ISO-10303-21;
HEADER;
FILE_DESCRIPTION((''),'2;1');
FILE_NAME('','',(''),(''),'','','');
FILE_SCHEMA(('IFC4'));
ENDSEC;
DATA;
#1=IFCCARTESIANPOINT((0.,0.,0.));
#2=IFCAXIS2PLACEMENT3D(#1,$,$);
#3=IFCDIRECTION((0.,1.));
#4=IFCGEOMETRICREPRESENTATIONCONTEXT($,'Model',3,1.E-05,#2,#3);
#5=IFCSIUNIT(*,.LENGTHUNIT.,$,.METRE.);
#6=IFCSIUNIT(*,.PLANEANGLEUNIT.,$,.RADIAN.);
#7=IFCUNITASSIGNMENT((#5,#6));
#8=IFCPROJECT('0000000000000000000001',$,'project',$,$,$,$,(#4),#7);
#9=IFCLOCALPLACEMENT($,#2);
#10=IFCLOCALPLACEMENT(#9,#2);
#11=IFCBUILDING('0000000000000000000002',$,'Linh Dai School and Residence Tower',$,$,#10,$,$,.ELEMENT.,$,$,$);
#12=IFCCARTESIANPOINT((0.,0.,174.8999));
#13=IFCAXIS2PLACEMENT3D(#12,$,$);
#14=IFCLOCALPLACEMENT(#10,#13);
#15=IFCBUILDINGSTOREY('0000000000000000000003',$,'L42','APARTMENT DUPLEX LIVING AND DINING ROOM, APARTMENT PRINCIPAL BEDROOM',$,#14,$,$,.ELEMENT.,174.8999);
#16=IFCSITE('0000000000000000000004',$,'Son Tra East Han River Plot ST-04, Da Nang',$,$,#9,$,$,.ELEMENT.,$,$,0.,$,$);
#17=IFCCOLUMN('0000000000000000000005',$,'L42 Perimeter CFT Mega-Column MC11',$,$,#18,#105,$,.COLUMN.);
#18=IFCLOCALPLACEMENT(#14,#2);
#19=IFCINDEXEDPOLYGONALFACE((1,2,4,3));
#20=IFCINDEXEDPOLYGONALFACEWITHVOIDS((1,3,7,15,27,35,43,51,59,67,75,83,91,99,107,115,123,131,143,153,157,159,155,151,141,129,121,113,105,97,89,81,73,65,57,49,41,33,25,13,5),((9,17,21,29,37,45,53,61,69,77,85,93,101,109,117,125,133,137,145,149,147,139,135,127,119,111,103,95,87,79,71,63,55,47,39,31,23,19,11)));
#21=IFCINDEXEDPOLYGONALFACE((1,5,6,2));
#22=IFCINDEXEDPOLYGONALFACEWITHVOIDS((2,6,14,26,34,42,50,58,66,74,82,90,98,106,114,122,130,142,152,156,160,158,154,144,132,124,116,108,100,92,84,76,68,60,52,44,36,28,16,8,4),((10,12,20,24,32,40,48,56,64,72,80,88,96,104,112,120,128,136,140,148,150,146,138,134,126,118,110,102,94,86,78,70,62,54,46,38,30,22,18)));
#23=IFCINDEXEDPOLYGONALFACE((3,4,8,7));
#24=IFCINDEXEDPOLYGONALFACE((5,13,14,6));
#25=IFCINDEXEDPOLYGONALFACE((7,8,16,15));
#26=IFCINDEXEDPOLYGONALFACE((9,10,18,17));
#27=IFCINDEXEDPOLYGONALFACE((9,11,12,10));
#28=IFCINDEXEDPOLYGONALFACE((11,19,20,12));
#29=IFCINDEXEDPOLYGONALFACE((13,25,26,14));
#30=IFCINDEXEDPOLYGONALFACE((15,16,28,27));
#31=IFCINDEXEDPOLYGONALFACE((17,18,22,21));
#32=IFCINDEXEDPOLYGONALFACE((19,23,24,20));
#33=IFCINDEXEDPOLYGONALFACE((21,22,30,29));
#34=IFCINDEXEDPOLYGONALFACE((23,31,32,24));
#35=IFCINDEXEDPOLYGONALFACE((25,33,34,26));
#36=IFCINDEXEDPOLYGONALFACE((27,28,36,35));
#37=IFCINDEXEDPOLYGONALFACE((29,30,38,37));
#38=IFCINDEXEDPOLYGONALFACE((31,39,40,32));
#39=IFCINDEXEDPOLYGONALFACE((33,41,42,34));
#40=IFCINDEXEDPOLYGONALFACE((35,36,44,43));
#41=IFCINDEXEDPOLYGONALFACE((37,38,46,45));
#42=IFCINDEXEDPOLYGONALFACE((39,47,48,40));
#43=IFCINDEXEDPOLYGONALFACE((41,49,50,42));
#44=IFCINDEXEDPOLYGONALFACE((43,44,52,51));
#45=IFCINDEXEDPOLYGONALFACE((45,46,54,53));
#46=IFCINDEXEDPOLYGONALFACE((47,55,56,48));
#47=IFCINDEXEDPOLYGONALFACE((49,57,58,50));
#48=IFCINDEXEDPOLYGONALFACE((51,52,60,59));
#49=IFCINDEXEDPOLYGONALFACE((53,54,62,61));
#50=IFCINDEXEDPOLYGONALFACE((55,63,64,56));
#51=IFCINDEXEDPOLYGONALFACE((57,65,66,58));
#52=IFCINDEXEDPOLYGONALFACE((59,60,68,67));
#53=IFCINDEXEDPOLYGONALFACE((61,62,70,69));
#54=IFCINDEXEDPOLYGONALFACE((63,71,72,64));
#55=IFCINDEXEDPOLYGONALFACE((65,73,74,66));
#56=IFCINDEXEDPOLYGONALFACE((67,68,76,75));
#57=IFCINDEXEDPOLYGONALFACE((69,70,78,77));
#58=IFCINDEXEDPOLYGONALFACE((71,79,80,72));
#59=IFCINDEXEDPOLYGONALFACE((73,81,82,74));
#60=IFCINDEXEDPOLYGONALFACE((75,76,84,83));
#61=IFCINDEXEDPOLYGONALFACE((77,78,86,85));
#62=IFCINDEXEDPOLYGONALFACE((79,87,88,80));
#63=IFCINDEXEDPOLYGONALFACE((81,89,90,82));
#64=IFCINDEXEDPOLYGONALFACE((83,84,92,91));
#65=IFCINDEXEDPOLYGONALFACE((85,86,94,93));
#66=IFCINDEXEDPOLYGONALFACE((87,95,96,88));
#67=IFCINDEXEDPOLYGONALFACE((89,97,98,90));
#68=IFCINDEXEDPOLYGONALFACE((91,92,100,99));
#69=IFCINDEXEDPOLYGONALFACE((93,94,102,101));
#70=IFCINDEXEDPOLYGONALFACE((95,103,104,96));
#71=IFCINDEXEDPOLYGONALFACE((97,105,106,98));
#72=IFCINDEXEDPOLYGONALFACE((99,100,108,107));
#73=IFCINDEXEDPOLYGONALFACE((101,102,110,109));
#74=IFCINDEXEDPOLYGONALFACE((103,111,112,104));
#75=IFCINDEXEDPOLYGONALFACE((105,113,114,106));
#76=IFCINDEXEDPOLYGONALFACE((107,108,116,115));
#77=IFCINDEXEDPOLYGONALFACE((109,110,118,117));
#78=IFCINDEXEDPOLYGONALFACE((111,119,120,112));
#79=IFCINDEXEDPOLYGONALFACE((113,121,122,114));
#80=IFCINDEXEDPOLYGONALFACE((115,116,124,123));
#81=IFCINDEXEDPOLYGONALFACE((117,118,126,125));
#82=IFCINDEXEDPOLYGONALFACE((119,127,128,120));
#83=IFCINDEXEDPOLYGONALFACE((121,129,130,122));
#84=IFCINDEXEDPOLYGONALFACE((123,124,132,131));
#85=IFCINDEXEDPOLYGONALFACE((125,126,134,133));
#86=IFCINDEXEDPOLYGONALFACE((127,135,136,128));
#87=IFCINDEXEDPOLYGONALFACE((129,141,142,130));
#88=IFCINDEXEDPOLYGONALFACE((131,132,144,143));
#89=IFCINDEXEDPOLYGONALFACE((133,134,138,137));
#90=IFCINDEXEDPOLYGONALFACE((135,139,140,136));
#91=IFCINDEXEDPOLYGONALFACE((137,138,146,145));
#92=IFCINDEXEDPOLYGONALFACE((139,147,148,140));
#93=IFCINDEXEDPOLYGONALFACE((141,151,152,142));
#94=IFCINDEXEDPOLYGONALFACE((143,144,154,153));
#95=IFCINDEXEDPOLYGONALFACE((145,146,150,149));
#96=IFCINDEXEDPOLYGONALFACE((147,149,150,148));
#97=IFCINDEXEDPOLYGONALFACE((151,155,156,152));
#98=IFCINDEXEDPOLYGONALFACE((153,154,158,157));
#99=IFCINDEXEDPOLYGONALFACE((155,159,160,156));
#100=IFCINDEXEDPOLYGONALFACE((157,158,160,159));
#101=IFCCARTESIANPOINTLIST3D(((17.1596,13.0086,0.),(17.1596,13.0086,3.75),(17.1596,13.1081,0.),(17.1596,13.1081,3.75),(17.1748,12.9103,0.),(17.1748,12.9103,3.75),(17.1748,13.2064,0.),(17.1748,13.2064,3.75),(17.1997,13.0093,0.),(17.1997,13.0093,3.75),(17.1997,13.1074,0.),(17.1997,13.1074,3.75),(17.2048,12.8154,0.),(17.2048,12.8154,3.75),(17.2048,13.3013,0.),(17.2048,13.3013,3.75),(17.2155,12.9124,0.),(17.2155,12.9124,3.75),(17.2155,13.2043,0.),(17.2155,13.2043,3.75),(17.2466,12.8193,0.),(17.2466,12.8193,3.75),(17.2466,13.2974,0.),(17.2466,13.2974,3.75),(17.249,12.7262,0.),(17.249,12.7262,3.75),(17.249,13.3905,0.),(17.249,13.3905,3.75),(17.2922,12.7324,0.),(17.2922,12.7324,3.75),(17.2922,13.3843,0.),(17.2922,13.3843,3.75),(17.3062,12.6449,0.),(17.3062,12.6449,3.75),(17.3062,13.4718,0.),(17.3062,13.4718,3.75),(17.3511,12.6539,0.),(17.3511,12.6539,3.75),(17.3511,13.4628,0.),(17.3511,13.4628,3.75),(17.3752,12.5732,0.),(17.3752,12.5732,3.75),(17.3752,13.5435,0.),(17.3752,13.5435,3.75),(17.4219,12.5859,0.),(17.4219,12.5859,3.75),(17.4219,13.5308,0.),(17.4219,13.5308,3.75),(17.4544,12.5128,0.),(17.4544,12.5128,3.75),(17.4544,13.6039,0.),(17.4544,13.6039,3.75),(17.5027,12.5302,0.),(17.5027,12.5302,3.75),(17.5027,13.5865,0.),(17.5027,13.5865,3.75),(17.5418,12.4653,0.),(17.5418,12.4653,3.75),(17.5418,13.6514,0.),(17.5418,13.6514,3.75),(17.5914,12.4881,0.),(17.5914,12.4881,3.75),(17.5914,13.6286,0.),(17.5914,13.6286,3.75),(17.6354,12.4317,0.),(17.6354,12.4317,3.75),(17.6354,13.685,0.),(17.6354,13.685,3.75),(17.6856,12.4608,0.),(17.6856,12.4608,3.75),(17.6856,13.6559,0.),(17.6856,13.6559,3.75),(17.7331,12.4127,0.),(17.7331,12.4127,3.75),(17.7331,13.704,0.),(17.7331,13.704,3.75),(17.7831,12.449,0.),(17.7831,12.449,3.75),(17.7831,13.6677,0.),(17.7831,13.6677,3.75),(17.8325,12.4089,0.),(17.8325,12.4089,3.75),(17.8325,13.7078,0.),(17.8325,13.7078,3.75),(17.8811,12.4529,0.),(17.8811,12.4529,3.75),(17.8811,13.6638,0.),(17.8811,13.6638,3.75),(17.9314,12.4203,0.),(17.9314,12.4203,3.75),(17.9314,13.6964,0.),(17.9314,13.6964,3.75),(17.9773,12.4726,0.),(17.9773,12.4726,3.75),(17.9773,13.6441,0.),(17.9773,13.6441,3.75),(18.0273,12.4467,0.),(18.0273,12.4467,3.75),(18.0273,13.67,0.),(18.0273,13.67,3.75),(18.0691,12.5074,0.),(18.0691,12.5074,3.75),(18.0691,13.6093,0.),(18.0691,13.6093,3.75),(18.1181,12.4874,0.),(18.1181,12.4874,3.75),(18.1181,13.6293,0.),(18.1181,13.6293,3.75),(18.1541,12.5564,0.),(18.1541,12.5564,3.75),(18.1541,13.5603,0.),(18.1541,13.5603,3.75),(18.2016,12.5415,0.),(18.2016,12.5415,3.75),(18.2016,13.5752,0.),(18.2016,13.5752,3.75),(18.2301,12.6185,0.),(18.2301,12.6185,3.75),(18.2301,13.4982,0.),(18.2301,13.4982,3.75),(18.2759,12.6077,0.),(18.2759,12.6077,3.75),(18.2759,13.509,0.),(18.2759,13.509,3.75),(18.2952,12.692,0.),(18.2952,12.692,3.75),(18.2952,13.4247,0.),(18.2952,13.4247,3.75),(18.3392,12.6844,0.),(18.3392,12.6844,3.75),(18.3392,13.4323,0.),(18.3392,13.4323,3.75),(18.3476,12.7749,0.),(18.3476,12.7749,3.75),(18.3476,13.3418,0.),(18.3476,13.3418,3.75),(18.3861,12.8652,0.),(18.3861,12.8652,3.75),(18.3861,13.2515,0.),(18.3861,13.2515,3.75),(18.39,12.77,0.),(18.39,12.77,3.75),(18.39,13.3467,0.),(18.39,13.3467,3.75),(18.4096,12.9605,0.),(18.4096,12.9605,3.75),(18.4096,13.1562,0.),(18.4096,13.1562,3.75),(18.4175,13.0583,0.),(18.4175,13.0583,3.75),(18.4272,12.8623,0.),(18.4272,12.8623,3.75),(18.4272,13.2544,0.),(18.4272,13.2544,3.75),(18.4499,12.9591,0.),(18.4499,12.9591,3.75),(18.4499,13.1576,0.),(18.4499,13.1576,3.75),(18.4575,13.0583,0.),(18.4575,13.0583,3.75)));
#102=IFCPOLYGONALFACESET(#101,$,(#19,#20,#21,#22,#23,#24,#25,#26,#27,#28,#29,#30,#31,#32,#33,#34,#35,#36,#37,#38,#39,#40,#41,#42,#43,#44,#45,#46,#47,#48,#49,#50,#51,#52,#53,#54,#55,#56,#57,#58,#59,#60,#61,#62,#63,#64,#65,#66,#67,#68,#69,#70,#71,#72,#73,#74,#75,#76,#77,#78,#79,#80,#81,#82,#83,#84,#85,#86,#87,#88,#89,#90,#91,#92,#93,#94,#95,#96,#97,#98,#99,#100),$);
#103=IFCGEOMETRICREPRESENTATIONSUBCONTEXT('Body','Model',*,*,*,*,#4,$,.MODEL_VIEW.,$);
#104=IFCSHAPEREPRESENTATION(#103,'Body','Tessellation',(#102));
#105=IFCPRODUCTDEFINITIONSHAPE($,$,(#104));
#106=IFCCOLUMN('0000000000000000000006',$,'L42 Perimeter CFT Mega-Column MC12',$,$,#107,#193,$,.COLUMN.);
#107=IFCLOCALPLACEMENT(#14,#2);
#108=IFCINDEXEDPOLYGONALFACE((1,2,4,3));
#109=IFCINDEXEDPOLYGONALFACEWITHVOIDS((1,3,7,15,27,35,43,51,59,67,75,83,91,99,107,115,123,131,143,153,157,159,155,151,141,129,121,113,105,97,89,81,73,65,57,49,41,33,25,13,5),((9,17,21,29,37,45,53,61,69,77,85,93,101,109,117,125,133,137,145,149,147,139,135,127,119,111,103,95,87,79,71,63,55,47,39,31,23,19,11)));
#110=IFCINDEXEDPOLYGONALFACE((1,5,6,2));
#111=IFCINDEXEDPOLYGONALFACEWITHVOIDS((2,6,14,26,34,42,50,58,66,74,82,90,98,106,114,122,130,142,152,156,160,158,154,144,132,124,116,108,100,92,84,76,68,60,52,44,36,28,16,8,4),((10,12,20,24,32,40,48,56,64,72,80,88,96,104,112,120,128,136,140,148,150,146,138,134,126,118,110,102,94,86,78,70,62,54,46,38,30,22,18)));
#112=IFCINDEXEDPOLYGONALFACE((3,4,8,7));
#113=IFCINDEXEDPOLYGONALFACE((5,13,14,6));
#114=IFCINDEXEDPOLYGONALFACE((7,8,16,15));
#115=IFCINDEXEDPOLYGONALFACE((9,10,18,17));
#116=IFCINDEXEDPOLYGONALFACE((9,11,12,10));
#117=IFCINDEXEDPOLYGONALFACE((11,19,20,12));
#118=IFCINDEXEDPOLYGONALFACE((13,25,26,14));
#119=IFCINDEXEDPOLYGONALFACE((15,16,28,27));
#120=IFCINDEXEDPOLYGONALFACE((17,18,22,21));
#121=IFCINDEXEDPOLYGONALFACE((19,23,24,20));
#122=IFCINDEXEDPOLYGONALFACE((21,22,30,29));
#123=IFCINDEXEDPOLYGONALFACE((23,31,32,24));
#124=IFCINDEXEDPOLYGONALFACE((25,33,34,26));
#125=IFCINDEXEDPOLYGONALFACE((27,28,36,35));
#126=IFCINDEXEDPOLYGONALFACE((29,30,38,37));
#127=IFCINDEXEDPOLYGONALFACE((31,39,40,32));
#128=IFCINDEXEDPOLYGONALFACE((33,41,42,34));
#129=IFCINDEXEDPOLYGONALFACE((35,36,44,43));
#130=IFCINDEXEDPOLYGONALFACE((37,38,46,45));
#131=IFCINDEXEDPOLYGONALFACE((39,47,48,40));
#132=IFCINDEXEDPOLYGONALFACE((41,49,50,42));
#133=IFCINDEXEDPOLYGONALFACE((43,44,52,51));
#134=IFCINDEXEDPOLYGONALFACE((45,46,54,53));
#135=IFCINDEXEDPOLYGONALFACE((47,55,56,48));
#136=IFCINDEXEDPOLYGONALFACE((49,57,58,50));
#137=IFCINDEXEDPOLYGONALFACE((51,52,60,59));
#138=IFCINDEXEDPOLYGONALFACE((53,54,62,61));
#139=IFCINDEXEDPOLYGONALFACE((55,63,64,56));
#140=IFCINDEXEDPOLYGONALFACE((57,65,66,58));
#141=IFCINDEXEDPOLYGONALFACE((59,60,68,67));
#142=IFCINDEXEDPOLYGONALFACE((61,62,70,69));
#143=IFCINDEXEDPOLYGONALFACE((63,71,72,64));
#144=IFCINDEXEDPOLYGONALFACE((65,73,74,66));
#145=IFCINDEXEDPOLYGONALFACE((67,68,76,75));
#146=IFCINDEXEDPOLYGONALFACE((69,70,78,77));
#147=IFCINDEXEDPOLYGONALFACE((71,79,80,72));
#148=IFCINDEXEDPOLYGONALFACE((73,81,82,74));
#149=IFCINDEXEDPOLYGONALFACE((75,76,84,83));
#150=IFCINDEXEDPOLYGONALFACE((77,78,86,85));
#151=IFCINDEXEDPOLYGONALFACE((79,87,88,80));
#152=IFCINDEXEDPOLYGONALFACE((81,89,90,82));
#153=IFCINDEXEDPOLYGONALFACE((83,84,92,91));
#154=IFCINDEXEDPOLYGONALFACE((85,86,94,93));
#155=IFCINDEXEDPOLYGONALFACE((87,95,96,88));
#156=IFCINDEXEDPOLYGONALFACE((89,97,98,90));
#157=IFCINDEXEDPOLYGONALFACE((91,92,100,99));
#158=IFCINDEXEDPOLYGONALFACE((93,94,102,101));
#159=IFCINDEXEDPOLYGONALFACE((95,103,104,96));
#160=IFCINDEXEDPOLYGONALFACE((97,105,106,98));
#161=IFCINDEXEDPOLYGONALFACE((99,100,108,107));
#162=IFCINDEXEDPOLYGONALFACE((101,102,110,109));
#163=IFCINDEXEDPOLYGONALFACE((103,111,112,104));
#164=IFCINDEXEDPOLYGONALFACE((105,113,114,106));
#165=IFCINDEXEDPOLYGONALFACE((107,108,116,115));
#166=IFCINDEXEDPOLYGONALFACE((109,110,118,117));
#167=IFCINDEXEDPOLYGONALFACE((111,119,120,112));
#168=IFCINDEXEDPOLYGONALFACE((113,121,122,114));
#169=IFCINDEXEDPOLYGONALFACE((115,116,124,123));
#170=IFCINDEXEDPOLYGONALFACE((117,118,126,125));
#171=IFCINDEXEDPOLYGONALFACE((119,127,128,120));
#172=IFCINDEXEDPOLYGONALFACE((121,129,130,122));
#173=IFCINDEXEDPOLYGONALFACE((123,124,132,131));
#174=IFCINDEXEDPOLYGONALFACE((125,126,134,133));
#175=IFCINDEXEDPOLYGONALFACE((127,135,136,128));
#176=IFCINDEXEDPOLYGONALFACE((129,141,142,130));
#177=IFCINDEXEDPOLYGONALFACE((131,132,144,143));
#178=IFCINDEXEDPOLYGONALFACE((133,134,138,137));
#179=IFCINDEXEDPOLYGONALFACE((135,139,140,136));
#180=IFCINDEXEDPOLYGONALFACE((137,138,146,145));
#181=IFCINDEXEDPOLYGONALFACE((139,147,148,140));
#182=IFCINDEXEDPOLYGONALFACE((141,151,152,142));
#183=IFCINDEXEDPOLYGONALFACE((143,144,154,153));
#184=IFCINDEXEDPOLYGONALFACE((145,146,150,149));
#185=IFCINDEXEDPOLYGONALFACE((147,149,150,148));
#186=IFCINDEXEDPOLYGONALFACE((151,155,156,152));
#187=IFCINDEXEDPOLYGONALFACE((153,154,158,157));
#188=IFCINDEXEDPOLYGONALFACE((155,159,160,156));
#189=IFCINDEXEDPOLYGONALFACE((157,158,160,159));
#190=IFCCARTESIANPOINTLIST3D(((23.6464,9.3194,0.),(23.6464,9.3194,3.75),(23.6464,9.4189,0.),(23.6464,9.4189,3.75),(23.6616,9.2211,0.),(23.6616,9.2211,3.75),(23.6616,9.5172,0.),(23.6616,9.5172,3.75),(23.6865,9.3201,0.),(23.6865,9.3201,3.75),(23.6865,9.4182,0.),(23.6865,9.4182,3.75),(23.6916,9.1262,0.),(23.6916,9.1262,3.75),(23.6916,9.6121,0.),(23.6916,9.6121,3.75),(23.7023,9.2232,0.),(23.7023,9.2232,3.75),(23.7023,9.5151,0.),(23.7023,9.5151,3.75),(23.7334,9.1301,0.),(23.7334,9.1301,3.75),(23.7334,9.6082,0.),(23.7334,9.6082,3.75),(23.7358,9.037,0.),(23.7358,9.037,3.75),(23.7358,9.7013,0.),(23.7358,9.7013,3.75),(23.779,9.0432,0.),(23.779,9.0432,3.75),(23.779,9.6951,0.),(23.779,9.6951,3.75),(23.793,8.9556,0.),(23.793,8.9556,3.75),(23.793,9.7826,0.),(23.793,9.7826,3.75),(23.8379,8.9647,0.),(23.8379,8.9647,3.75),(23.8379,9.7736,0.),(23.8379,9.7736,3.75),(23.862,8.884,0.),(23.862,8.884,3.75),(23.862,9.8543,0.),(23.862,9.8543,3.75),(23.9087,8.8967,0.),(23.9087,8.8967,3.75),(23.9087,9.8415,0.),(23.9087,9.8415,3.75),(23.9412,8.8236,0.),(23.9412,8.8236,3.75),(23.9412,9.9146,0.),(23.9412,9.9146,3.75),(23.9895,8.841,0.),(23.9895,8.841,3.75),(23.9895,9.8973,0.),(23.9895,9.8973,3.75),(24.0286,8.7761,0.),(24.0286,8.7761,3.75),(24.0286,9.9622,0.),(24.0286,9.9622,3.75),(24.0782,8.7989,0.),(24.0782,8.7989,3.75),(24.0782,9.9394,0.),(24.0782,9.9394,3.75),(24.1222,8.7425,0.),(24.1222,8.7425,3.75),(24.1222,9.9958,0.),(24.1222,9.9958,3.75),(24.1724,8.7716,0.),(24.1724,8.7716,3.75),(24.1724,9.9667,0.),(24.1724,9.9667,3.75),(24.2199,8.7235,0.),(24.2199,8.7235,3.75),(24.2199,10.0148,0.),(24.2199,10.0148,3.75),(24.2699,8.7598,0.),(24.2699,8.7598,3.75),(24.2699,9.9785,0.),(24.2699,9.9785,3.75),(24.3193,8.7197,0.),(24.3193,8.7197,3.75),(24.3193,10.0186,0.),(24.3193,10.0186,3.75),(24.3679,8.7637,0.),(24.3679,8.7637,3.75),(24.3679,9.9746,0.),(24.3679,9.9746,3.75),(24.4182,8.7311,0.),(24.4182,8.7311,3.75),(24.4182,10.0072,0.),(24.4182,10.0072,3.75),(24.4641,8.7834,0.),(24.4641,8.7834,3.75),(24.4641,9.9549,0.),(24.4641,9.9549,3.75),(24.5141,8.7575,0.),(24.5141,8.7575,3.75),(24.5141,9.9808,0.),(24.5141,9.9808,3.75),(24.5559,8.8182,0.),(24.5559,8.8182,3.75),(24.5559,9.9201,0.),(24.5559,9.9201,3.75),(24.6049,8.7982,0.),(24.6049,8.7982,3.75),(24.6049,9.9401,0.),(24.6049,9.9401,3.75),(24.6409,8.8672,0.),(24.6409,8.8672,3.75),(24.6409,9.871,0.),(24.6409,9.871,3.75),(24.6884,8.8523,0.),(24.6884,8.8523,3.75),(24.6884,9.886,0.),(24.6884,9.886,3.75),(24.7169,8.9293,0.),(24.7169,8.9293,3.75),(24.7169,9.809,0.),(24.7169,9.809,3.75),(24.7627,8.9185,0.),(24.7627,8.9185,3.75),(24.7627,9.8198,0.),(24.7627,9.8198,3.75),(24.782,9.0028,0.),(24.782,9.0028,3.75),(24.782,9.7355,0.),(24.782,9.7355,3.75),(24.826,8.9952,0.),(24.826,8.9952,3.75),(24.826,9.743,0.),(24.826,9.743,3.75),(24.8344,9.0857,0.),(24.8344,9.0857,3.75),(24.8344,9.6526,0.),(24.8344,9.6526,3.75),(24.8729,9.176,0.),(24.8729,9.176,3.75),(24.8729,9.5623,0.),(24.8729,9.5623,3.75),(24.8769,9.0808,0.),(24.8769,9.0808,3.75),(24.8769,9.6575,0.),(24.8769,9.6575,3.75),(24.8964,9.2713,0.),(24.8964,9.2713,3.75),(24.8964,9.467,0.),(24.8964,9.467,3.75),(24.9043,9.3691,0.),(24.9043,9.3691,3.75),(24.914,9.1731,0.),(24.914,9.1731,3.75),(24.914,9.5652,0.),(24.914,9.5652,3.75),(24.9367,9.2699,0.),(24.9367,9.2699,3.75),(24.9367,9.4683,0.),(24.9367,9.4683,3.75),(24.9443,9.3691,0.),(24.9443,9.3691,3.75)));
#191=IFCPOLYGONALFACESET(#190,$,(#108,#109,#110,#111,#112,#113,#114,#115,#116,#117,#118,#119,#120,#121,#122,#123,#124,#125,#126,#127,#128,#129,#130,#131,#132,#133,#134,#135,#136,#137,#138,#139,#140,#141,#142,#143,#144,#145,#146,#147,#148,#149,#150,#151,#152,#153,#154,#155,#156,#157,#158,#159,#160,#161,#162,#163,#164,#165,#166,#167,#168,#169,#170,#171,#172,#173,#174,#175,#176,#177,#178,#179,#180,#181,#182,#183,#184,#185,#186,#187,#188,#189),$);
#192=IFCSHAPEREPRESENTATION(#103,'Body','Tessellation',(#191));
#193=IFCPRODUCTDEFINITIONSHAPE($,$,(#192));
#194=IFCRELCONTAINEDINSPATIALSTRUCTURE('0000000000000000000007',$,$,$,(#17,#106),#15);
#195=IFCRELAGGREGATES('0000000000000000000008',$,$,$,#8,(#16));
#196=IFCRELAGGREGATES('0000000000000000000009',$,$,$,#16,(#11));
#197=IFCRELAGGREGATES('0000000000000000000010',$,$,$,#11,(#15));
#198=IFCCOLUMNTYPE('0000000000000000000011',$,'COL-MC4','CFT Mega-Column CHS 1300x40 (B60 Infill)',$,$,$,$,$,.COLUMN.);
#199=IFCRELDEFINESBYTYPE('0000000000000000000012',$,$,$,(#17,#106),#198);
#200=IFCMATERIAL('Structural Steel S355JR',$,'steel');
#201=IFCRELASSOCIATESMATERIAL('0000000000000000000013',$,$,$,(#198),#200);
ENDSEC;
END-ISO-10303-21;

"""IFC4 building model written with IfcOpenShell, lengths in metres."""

from ifc_helpers import new_model, si_unit, direction, frame, origin, origin_2d, place, context, subcontext, project, spatial, hollow_circle, extrude, material, material_profile, profile_set, type_object, element, save


model = new_model("IFC4")

# Units and contexts
model_context = context("Model", 3, precision=1e-05, world=origin(), true_north=direction((0.0, 1.0)))
body_context = subcontext(model_context, "Body", "Model", "MODEL_VIEW")
ifc_project = project(units=[si_unit("LENGTHUNIT", "METRE"), si_unit("PLANEANGLEUNIT", "RADIAN")], contexts=[model_context])

# Site, building, storey
site_placement = place(None, origin())
site = spatial("IfcSite", under=ifc_project, at=site_placement, Name="Son Tra East Han River Plot ST-04, Da Nang", CompositionType="ELEMENT", RefElevation=0.0)
building_placement = place(site_placement, origin())
building = spatial("IfcBuilding", under=site, at=building_placement, Name="Linh Dai School and Residence Tower", CompositionType="ELEMENT")
storey_placement = place(building_placement, frame((0.0, 0.0, 174.8999)))
storey = spatial("IfcBuildingStorey", under=building, at=storey_placement, Name="L42", Description="APARTMENT DUPLEX LIVING AND DINING ROOM, APARTMENT PRINCIPAL BEDROOM", CompositionType="ELEMENT", Elevation=174.8999)

# Columns
ifc_material_1 = material(Name="Structural Steel S355JR", Category="steel")
ifc_material_profile_1 = material_profile(ifc_material_1, hollow_circle(Radius=0.6499, WallThickness=0.04, at=origin_2d()), Name="CHS 1300x40")
ifc_profile_set_1 = profile_set([ifc_material_profile_1], Name="Structural Steel S355JR")
column_type = type_object("IfcColumnType", Name="COL-MC4", Description="CFT Mega-Column CHS 1300x40 (B60 Infill)", PredefinedType="COLUMN", material=ifc_profile_set_1)
for number, where, z_axis, x_axis, name in (
    (1, (17.8076, 13.0583, 0.0), (0.0, 0.0, 1.0), (1.0, 0.0, 0.0), "L42 Perimeter CFT Mega-Column MC11"),
    (2, (24.2944, 9.3691, 0.0), (0.0, 0.0, 1.0), (1.0, 0.0, 0.0), "L42 Perimeter CFT Mega-Column MC12"),
):
    element("IfcColumn", number, at=place(storey_placement, frame(where, z_axis=z_axis, x_axis=x_axis)), inside=storey, type_object=column_type, Name=name, PredefinedType="COLUMN", context=body_context, shape_type="SweptSolid", body=[
        extrude(hollow_circle(Radius=0.6499, WallThickness=0.04, at=origin_2d()), origin(), (0.0, 0.0, 1.0), 3.75),
    ])

save(model, "model.ifc")
